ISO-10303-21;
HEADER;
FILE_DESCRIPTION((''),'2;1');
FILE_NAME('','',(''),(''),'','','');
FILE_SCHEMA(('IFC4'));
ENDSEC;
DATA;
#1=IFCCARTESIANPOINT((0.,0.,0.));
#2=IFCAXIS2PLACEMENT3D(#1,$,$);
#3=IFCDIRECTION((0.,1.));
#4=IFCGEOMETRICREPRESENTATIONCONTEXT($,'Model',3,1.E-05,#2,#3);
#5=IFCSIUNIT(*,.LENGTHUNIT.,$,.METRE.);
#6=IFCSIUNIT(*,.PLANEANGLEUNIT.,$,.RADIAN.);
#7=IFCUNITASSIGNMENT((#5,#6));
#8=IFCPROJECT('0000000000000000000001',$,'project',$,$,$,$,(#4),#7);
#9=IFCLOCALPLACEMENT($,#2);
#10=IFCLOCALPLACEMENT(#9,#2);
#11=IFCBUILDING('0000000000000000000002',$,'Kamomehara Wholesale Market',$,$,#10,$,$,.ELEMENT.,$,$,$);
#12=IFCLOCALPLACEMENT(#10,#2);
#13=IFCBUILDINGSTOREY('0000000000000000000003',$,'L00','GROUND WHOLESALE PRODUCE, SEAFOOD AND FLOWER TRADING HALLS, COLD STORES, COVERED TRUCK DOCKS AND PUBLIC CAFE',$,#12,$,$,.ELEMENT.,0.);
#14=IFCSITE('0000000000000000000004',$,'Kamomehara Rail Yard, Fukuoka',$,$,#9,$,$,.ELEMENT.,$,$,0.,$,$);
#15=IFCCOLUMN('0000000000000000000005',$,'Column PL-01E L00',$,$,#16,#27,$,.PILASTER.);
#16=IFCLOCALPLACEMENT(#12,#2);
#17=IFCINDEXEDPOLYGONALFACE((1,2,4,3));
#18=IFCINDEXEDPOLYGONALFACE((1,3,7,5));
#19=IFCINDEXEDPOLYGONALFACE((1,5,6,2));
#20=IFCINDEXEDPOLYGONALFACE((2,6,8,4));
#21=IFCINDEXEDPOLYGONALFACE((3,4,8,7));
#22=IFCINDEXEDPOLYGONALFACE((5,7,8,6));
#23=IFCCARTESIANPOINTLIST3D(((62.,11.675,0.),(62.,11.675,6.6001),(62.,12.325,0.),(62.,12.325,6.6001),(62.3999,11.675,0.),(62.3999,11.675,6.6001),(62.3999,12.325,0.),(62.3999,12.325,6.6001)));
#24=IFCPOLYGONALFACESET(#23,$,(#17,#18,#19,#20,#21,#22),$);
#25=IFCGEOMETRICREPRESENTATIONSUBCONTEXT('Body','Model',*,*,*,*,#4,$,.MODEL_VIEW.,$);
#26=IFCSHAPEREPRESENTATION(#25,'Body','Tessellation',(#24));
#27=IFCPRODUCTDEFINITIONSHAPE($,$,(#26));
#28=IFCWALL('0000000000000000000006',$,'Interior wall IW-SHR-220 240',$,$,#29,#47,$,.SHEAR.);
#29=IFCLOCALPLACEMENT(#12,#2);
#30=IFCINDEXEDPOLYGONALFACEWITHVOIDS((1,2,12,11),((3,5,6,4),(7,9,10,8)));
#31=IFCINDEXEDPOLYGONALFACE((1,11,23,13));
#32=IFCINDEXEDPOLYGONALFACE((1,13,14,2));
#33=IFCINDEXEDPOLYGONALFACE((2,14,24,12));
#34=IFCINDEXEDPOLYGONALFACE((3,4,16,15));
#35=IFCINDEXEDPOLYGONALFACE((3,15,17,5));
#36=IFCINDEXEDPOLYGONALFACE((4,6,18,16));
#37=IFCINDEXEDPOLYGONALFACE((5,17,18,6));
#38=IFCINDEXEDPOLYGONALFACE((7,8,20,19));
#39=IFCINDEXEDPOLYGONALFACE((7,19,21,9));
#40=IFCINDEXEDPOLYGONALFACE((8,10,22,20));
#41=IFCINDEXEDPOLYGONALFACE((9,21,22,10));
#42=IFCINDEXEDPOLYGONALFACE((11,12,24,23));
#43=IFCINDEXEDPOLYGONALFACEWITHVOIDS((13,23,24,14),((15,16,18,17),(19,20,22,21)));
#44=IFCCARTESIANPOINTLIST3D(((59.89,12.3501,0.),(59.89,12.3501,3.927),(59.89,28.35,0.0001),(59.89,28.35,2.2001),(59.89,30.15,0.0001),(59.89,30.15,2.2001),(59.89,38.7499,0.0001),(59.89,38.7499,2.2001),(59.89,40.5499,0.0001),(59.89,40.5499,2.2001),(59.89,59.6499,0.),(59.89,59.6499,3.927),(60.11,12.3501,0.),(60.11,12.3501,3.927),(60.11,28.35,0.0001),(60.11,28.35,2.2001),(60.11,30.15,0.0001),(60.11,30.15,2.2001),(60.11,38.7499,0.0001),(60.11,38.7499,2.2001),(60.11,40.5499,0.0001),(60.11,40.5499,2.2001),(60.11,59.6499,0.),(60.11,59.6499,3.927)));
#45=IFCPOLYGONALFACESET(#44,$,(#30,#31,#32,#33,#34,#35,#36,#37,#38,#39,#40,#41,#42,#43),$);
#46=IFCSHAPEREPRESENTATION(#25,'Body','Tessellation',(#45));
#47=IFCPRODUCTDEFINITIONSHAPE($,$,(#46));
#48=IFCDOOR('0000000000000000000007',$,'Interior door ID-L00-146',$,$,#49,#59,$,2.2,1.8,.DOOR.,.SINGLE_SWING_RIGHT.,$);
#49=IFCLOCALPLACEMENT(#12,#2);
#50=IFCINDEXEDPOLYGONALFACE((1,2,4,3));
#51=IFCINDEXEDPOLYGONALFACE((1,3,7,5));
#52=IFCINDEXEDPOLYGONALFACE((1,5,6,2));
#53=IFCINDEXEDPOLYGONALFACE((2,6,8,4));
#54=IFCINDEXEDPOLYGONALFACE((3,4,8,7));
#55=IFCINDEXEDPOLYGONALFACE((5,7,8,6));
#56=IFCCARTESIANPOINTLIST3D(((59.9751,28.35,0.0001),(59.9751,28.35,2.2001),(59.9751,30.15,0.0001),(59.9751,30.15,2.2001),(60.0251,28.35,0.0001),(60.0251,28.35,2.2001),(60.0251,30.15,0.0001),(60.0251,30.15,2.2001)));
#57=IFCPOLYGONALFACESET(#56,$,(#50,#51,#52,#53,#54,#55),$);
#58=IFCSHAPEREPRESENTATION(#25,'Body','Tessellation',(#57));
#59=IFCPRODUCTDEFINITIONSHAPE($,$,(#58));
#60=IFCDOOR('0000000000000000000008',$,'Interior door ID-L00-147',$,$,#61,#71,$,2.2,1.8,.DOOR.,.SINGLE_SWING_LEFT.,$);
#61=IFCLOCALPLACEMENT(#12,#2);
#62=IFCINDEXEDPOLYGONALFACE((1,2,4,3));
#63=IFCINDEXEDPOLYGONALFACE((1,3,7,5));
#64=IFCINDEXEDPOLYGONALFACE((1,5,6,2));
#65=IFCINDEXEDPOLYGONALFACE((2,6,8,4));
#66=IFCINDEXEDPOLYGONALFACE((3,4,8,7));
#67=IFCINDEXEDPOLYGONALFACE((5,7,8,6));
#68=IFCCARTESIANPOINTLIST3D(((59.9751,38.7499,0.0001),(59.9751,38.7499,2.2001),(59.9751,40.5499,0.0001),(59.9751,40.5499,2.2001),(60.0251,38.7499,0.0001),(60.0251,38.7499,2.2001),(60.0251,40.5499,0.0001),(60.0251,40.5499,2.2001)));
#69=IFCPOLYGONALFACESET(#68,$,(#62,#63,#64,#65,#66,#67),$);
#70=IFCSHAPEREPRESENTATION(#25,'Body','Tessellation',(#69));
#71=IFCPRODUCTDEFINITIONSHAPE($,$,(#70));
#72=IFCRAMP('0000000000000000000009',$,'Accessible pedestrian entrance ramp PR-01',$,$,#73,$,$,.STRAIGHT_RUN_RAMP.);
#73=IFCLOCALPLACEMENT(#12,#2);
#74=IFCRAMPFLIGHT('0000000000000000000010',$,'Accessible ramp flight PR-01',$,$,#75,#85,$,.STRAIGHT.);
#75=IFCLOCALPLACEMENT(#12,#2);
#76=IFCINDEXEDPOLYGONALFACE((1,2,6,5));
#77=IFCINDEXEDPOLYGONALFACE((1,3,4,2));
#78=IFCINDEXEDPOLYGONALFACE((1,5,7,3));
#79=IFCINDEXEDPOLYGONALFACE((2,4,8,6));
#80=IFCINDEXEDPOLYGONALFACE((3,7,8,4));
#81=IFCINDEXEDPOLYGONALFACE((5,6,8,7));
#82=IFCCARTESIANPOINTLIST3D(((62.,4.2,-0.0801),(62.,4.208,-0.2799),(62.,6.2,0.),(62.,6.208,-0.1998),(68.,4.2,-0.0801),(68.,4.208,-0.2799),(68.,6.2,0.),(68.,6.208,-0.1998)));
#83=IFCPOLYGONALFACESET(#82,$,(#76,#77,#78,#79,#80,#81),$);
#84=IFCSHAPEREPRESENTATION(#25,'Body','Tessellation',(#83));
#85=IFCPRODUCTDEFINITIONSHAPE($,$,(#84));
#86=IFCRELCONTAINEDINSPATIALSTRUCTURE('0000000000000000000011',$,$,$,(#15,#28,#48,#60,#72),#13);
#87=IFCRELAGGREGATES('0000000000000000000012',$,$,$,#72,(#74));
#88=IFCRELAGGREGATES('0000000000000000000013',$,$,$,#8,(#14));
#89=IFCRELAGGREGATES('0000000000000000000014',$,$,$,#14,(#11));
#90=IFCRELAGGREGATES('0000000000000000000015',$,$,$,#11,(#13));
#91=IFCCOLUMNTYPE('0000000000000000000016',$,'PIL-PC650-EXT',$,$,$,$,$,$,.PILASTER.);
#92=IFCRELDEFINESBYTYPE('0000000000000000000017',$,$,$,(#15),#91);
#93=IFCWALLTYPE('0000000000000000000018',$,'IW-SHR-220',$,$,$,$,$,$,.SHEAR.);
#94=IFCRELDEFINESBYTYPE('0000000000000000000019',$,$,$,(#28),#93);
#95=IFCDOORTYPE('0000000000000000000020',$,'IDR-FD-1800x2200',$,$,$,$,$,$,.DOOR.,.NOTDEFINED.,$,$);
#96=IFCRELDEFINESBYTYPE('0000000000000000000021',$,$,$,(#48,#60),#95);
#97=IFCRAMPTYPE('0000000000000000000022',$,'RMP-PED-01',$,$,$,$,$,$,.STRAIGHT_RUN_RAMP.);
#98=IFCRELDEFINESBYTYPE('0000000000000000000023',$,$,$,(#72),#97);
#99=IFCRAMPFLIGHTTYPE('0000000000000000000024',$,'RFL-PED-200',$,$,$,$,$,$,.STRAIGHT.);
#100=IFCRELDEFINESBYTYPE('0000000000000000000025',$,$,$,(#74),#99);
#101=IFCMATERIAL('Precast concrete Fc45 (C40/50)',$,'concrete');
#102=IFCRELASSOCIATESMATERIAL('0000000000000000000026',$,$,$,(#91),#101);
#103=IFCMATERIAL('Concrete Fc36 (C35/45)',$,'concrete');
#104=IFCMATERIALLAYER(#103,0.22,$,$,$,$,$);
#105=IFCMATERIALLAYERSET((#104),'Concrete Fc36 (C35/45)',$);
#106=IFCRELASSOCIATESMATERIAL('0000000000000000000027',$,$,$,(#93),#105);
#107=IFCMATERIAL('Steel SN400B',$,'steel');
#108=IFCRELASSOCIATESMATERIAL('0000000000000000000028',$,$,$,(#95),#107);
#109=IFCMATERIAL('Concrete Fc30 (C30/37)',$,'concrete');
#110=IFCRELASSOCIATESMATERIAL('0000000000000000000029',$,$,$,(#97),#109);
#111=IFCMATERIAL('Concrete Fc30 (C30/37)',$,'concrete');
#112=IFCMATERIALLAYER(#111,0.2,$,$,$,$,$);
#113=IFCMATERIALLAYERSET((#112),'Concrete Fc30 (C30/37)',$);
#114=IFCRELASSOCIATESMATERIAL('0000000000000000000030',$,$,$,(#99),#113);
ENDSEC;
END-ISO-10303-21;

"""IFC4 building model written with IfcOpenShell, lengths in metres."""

from ifc_helpers import new_model, si_unit, direction, frame, frame_2d, origin, origin_2d, place, context, subcontext, project, spatial, polyline, rectangle, outline, extrude, material, layer, layer_set, material_profile, profile_set, type_object, element, fill, aggregate, save


model = new_model("IFC4")

# Units and contexts
model_context = context("Model", 3, precision=1e-05, world=origin(), true_north=direction((0.0, 1.0)))
body_context = subcontext(model_context, "Body", "Model", "MODEL_VIEW")
ifc_project = project(units=[si_unit("LENGTHUNIT", "METRE"), si_unit("PLANEANGLEUNIT", "RADIAN")], contexts=[model_context])

# Site, building, storey
site_placement = place(None, origin())
site = spatial("IfcSite", under=ifc_project, at=site_placement, Name="Kamomehara Rail Yard, Fukuoka", CompositionType="ELEMENT", RefElevation=0.0)
building_placement = place(site_placement, origin())
building = spatial("IfcBuilding", under=site, at=building_placement, Name="Kamomehara Wholesale Market", CompositionType="ELEMENT")
storey_placement = place(building_placement, origin())
storey = spatial("IfcBuildingStorey", under=building, at=storey_placement, Name="L00", Description="GROUND WHOLESALE PRODUCE, SEAFOOD AND FLOWER TRADING HALLS, COLD STORES, COVERED TRUCK DOCKS AND PUBLIC CAFE", CompositionType="ELEMENT", Elevation=0.0)

# Column
ifc_material_1 = material(Name="Precast concrete Fc45 (C40/50)", Category="concrete")
ifc_material_profile_1 = material_profile(ifc_material_1, rectangle(XDim=0.3999, YDim=0.6499, at=origin_2d()), Name="PC-PIL-400x650")
ifc_profile_set_1 = profile_set([ifc_material_profile_1], Name="Precast concrete Fc45 (C40/50)")
column_type_1 = type_object("IfcColumnType", Name="PIL-PC650-EXT", PredefinedType="PILASTER", material=ifc_profile_set_1)
column_placement = place(storey_placement, frame((62.2, 12.0, 0.0), z_axis=(0.0, 0.0, 1.0), x_axis=(1.0, 0.0, 0.0)))
element("IfcColumn", 1, at=column_placement, inside=storey, type_object=column_type_1, Name="Column PL-01E L00", PredefinedType="PILASTER", context=body_context, shape_type="SweptSolid", body=[
    extrude(rectangle(XDim=0.3999, YDim=0.6499, at=origin_2d()), origin(), (0.0, 0.0, 1.0), 6.6001),
])

# Wall, openings, doors
ifc_material_2 = material(Name="Concrete Fc36 (C35/45)", Category="concrete")
ifc_layer_1 = layer(ifc_material_2, 0.22)
ifc_layer_set_1 = layer_set([ifc_layer_1], Name="Concrete Fc36 (C35/45)")
wall_type_1 = type_object("IfcWallType", Name="IW-SHR-220", PredefinedType="SHEAR", material=ifc_layer_set_1)
wall_1_placement = place(storey_placement, frame((60.0, 12.3501, 0.0), z_axis=(0.0, 0.0, 1.0), x_axis=(0.0, 1.0, 0.0)))
wall_1 = element("IfcWall", 2, at=wall_1_placement, inside=storey, type_object=wall_type_1, Name="Interior wall IW-SHR-220 240", PredefinedType="SHEAR", context=body_context, shape_type="SweptSolid", body=[
    extrude(rectangle(XDim=47.2998, YDim=0.22, at=frame_2d((23.6499, 0.0))), origin(), (0.0, 0.0, 1.0), 3.927),
])
opening_1_placement = place(wall_1_placement, frame((16.0, 0.0, 0.0)))
opening_1 = element("IfcOpeningElement", 3, at=opening_1_placement, cuts=wall_1, PredefinedType="OPENING", context=body_context, shape_type="SweptSolid", body=[
    extrude(rectangle(XDim=1.8, YDim=2.2, at=frame_2d((0.8999, 1.1001))), frame((0.0, 0.125, 0.0), z_axis=(0.0, -1.0, 0.0), x_axis=(1.0, 0.0, 0.0)), (0.0, 0.0, 1.0), 0.2498),
])
opening_2_placement = place(wall_1_placement, frame((26.3999, 0.0, 0.0)))
opening_2 = element("IfcOpeningElement", 4, at=opening_2_placement, cuts=wall_1, PredefinedType="OPENING", context=body_context, shape_type="SweptSolid", body=[
    extrude(rectangle(XDim=1.8, YDim=2.2, at=frame_2d((0.8999, 1.1001))), frame((0.0, 0.125, 0.0), z_axis=(0.0, -1.0, 0.0), x_axis=(1.0, 0.0, 0.0)), (0.0, 0.0, 1.0), 0.2498),
])
ifc_material_3 = material(Name="Steel SN400B", Category="steel")
door_type_1 = type_object("IfcDoorType", Name="IDR-FD-1800x2200", OperationType="NOTDEFINED", PredefinedType="DOOR", material=ifc_material_3)
door_1_placement = place(opening_1_placement, origin())
door_1 = element("IfcDoor", 5, at=door_1_placement, inside=storey, type_object=door_type_1, Name="Interior door ID-L00-146", OperationType="SINGLE_SWING_RIGHT", OverallHeight=2.2, OverallWidth=1.8, PredefinedType="DOOR", context=body_context, shape_type="SweptSolid", body=[
    extrude(rectangle(XDim=1.8, YDim=2.2, at=frame_2d((0.8999, 1.1001))), frame((0.0, 0.0249, 0.0), z_axis=(0.0, -1.0, 0.0), x_axis=(1.0, 0.0, 0.0)), (0.0, 0.0, 1.0), 0.05),
])
fill(opening_1, door_1)
door_2_placement = place(opening_2_placement, origin())
door_2 = element("IfcDoor", 6, at=door_2_placement, inside=storey, type_object=door_type_1, Name="Interior door ID-L00-147", OperationType="SINGLE_SWING_LEFT", OverallHeight=2.2, OverallWidth=1.8, PredefinedType="DOOR", context=body_context, shape_type="SweptSolid", body=[
    extrude(rectangle(XDim=1.8, YDim=2.2, at=frame_2d((0.8999, 1.1001))), frame((0.0, 0.0249, 0.0), z_axis=(0.0, -1.0, 0.0), x_axis=(1.0, 0.0, 0.0)), (0.0, 0.0, 1.0), 0.05),
])
fill(opening_2, door_2)

# Ramp, ramp flight
ifc_material_4 = material(Name="Concrete Fc30 (C30/37)", Category="concrete")
ramp_type = type_object("IfcRampType", Name="RMP-PED-01", PredefinedType="STRAIGHT_RUN_RAMP", material=ifc_material_4)
ramp_placement = place(storey_placement, origin())
ramp = element("IfcRamp", 7, at=ramp_placement, inside=storey, type_object=ramp_type, Name="Accessible pedestrian entrance ramp PR-01", PredefinedType="STRAIGHT_RUN_RAMP")
ifc_material_5 = material(Name="Concrete Fc30 (C30/37)", Category="concrete")
ifc_layer_2 = layer(ifc_material_5, 0.2)
ifc_layer_set_2 = layer_set([ifc_layer_2], Name="Concrete Fc30 (C30/37)")
ramp_flight_type = type_object("IfcRampFlightType", Name="RFL-PED-200", PredefinedType="STRAIGHT", material=ifc_layer_set_2)
ramp_flight_placement = place(storey_placement, frame((62.0, 4.2, -0.0801), z_axis=(0.0, -0.040007, 0.999199), x_axis=(1.0, 0.0, 0.0)))
ramp_flight = element("IfcRampFlight", 8, at=ramp_flight_placement, type_object=ramp_flight_type, Name="Accessible ramp flight PR-01", PredefinedType="STRAIGHT", context=body_context, shape_type="SweptSolid", body=[
    extrude(outline(polyline([(0.0, 0.0), (6.0, 0.0), (6.0, 2.0016), (0.0, 2.0016), (0.0, 0.0)])), origin(), (0.0, 0.0, -1.0), 0.2),
])
aggregate(ramp, [ramp_flight])

save(model, "model.ifc")
